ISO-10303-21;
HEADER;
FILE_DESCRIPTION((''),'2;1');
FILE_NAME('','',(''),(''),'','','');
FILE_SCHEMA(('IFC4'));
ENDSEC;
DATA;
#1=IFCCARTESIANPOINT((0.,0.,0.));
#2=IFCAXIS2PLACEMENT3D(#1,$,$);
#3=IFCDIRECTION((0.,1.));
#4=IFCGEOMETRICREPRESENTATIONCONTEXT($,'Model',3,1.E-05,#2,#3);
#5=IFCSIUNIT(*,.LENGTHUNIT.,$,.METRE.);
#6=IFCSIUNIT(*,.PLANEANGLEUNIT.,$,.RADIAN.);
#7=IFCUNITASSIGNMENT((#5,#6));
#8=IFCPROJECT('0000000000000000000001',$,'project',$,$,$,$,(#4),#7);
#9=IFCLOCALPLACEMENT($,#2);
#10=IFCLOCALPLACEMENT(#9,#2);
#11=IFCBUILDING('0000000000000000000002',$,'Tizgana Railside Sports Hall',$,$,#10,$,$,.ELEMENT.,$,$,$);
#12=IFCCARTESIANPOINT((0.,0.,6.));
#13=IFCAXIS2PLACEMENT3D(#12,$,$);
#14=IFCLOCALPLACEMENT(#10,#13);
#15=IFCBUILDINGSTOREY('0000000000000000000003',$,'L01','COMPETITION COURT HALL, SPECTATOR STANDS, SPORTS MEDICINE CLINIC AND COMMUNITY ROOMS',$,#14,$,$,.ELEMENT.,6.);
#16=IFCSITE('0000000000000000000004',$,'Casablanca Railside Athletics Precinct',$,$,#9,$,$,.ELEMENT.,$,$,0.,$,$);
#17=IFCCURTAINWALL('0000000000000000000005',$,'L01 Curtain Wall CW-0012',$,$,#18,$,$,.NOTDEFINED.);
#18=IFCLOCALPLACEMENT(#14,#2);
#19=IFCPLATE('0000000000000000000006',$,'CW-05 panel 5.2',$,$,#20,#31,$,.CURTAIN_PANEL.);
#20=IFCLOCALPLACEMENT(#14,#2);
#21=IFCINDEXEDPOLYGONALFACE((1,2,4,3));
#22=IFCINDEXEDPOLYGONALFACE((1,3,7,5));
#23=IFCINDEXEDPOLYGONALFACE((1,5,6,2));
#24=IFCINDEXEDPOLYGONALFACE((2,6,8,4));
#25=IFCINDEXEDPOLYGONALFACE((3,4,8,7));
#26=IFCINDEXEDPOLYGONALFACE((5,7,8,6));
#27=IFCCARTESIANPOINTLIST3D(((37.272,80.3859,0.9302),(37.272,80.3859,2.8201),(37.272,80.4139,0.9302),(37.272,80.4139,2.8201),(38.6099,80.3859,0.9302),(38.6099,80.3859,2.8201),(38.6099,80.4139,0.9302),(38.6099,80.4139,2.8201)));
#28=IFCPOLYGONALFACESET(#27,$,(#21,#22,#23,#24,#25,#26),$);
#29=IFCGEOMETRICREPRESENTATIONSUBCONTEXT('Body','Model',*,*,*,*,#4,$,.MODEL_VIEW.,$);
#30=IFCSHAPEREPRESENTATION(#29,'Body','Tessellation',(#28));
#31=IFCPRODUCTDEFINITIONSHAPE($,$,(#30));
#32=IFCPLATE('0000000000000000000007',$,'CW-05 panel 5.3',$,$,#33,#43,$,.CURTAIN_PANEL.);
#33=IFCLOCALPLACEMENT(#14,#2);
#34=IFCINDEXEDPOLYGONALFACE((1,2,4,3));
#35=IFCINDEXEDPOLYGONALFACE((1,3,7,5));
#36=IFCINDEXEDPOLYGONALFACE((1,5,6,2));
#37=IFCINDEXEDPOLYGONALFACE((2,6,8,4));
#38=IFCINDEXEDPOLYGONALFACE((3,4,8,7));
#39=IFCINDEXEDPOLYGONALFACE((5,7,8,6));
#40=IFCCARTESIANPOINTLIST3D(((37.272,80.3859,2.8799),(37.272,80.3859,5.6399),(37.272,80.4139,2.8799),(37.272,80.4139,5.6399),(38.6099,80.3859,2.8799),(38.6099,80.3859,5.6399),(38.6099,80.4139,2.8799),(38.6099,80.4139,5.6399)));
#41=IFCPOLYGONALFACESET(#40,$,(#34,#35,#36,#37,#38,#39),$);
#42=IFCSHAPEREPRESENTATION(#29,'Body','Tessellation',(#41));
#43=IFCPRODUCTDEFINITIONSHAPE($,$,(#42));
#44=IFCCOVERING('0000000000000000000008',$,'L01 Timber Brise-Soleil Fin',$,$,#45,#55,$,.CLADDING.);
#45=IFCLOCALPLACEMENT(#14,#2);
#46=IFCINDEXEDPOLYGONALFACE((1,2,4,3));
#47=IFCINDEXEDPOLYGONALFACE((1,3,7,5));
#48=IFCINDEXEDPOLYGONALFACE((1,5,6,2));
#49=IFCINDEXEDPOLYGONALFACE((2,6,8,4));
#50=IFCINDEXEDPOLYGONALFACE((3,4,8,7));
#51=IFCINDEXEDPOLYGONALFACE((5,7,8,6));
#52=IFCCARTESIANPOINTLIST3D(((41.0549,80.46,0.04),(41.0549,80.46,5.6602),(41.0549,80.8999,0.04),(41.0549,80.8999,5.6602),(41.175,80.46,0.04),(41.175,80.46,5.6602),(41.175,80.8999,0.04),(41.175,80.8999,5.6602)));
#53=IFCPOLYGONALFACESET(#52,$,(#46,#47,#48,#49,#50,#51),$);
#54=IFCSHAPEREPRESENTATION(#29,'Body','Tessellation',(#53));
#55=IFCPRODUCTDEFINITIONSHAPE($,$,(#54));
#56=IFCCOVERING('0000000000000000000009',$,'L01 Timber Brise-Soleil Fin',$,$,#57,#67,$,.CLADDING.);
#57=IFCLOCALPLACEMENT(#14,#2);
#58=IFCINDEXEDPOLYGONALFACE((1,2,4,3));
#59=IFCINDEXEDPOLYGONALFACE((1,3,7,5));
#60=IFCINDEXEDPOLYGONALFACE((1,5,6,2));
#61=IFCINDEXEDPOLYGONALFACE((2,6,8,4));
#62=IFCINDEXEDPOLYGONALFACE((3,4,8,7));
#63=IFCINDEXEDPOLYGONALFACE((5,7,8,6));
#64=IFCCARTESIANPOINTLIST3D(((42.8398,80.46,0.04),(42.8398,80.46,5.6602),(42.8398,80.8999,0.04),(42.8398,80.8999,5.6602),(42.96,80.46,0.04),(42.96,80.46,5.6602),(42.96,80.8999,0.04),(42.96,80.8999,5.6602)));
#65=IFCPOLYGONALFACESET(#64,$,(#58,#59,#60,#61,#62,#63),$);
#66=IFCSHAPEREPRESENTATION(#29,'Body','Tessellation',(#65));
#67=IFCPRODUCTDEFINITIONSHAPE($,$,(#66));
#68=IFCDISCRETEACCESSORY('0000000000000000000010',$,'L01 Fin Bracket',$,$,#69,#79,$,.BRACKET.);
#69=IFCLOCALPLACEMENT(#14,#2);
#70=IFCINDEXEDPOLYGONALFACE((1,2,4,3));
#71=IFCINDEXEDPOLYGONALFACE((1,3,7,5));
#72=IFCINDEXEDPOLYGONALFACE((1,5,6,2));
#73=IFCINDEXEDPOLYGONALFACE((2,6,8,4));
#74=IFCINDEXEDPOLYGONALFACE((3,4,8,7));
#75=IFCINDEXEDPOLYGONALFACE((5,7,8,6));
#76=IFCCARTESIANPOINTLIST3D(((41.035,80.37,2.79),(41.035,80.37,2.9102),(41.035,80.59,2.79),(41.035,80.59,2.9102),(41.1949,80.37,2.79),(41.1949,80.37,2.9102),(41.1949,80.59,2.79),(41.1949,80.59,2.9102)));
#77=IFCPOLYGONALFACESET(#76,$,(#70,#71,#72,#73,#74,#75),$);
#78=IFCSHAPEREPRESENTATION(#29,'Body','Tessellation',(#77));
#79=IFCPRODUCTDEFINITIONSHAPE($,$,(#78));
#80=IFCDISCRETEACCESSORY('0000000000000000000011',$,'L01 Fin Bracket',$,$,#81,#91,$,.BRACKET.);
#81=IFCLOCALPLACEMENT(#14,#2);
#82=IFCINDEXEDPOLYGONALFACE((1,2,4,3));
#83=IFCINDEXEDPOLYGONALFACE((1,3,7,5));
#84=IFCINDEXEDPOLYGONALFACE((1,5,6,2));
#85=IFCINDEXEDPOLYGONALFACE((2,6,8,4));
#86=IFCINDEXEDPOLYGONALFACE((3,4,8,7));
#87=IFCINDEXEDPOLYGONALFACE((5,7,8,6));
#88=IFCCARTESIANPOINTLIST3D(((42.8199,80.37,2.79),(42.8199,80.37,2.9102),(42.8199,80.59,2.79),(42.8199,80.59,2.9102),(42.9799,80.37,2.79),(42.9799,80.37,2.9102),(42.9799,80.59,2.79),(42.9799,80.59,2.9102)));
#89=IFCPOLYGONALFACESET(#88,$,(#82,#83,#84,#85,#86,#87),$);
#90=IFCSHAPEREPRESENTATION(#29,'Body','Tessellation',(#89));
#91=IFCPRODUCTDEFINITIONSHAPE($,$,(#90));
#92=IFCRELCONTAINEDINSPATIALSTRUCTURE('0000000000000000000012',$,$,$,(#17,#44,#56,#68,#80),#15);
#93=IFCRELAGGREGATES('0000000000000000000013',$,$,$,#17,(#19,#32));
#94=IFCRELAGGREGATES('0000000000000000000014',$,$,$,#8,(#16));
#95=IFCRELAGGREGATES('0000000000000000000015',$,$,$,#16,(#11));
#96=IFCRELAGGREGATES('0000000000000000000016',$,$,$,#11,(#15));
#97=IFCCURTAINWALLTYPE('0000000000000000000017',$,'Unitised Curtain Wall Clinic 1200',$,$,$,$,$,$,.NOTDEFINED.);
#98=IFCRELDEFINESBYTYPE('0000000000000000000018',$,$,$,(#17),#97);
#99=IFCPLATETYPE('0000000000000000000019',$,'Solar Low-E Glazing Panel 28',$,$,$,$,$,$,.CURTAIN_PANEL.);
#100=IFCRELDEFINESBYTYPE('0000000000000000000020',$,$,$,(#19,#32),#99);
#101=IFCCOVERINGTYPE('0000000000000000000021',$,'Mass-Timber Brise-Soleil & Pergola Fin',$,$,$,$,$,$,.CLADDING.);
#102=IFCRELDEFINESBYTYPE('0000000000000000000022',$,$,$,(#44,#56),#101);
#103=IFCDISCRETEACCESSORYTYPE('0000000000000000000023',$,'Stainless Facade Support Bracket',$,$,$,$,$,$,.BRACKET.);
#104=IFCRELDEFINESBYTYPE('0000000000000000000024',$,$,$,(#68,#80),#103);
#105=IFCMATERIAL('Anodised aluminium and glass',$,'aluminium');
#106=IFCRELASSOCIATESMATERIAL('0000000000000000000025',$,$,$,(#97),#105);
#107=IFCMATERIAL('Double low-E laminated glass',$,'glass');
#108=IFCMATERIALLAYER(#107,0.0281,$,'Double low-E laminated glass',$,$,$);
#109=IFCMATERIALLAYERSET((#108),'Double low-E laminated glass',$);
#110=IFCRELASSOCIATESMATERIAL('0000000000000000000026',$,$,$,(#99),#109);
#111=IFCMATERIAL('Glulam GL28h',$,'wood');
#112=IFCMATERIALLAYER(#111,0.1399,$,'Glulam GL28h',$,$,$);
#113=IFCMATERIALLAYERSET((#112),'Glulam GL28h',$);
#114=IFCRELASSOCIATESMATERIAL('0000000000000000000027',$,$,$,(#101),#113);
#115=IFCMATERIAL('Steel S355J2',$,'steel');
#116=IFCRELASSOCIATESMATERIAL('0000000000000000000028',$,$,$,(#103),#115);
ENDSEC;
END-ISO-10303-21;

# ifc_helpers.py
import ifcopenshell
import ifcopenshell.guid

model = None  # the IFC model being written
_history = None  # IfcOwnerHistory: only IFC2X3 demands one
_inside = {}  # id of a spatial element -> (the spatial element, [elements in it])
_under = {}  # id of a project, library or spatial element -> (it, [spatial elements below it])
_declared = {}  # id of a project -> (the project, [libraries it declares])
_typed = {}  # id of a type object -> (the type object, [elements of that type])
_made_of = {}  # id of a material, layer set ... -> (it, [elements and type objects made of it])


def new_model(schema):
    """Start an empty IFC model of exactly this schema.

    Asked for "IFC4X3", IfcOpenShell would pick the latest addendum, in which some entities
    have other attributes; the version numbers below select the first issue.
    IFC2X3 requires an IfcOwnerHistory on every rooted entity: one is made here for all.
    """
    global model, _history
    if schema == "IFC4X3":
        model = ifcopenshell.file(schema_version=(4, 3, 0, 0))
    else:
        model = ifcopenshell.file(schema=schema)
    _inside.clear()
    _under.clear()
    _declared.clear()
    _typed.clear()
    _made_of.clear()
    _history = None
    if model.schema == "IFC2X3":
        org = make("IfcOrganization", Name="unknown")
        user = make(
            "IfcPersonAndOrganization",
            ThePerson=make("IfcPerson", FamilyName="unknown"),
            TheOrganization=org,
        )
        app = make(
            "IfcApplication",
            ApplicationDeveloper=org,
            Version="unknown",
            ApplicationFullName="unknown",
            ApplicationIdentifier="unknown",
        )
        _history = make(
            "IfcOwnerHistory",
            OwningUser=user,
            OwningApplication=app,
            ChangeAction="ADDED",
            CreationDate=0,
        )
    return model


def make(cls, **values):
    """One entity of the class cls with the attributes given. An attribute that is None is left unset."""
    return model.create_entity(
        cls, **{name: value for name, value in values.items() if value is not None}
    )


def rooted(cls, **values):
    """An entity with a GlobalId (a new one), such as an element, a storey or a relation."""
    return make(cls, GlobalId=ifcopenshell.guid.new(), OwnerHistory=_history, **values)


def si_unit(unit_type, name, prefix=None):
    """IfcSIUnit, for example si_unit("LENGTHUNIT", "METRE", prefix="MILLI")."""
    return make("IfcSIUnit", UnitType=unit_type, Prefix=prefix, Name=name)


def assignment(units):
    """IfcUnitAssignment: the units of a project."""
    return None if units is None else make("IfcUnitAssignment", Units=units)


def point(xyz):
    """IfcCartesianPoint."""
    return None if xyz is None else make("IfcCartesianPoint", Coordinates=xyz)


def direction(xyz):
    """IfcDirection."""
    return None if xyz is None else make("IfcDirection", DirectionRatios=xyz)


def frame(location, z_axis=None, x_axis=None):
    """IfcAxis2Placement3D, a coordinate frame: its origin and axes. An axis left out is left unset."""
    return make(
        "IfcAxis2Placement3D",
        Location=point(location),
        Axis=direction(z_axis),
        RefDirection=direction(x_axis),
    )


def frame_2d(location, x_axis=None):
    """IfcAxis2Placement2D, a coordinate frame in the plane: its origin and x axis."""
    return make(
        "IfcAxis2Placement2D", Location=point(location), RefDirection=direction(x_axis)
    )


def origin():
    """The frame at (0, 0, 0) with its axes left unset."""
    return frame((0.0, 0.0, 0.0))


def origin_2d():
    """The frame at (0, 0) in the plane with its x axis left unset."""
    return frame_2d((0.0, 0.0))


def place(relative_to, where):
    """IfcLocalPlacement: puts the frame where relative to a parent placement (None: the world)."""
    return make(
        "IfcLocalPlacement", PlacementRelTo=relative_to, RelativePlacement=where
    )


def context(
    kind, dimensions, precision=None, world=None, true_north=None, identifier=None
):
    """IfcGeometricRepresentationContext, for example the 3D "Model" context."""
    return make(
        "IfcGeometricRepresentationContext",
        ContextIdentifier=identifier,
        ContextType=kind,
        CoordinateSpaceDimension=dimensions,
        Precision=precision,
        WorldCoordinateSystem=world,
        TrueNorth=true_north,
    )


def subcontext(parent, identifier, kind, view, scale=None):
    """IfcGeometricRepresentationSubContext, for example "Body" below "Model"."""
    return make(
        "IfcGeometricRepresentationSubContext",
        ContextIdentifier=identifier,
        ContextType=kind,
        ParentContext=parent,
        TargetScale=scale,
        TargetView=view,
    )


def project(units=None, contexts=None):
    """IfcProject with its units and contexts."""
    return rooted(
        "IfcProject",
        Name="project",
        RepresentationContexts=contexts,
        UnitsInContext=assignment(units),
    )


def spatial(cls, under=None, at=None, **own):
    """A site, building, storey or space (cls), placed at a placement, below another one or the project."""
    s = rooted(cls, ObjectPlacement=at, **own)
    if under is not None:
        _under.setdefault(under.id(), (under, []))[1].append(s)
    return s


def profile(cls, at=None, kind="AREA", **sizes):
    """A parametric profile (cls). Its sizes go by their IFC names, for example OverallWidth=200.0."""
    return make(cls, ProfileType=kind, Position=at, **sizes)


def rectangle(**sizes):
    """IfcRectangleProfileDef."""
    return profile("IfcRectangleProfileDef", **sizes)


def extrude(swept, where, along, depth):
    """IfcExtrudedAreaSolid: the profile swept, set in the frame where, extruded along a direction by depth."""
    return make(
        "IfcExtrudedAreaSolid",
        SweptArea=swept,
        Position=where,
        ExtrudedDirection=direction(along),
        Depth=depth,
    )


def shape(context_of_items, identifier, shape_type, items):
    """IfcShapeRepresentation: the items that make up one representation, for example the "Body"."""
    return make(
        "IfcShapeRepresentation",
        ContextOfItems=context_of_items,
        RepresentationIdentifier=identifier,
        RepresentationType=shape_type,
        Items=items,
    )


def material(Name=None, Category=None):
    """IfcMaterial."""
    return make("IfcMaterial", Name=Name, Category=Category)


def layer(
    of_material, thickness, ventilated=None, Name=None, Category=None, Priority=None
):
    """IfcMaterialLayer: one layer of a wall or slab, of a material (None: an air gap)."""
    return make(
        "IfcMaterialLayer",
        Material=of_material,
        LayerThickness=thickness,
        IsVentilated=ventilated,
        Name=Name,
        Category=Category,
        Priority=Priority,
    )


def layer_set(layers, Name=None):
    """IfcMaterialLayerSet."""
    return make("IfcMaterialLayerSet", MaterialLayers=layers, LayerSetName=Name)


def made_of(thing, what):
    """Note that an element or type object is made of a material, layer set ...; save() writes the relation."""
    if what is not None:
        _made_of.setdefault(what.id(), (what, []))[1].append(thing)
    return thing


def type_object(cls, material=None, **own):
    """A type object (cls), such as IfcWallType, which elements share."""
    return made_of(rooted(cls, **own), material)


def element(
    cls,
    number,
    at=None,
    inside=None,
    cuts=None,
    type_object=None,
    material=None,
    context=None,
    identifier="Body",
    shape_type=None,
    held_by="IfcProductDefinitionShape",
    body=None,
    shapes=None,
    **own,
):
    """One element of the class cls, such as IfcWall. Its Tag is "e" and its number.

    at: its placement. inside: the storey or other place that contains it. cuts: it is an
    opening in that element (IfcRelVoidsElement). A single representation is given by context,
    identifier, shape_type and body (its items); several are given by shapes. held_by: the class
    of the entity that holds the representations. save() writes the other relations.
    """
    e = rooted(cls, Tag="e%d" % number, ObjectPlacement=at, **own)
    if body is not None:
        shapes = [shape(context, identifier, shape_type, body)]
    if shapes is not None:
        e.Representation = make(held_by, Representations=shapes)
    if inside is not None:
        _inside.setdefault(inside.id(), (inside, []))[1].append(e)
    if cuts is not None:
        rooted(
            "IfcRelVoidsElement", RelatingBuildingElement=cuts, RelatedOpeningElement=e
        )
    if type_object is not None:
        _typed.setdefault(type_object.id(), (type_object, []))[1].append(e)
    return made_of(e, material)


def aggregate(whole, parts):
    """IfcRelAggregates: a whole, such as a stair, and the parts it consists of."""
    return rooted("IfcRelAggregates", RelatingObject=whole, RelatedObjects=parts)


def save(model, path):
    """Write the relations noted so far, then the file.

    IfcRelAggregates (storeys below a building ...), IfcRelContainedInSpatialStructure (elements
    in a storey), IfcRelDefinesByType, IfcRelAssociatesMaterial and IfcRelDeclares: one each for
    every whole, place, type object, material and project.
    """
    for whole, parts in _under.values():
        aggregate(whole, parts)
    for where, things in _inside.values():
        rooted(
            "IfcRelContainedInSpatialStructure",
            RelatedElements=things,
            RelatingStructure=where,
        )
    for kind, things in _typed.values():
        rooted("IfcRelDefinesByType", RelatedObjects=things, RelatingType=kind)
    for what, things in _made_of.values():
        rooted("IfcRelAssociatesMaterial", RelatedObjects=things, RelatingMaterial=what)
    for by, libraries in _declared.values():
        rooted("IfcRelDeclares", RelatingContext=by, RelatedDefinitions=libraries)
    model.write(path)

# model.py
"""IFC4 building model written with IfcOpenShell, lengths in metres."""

from ifc_helpers import new_model, si_unit, direction, frame, origin, origin_2d, place, context, subcontext, project, spatial, rectangle, extrude, material, layer, layer_set, type_object, element, aggregate, save


model = new_model("IFC4")

# Units and contexts
model_context = context("Model", 3, precision=1e-05, world=origin(), true_north=direction((0.0, 1.0)))
body_context = subcontext(model_context, "Body", "Model", "MODEL_VIEW")
ifc_project = project(units=[si_unit("LENGTHUNIT", "METRE"), si_unit("PLANEANGLEUNIT", "RADIAN")], contexts=[model_context])

# Site, building, storey
site_placement = place(None, origin())
site = spatial("IfcSite", under=ifc_project, at=site_placement, Name="Casablanca Railside Athletics Precinct", CompositionType="ELEMENT", RefElevation=0.0)
building_placement = place(site_placement, origin())
building = spatial("IfcBuilding", under=site, at=building_placement, Name="Tizgana Railside Sports Hall", CompositionType="ELEMENT")
storey_placement = place(building_placement, frame((0.0, 0.0, 6.0)))
storey = spatial("IfcBuildingStorey", under=building, at=storey_placement, Name="L01", Description="COMPETITION COURT HALL, SPECTATOR STANDS, SPORTS MEDICINE CLINIC AND COMMUNITY ROOMS", CompositionType="ELEMENT", Elevation=6.0)

# Curtain wall
ifc_material_1 = material(Name="Anodised aluminium and glass", Category="aluminium")
curtain_wall_type_1 = type_object("IfcCurtainWallType", Name="Unitised Curtain Wall Clinic 1200", PredefinedType="NOTDEFINED", material=ifc_material_1)
curtain_wall_1_placement = place(storey_placement, origin())
curtain_wall_1 = element("IfcCurtainWall", 1, at=curtain_wall_1_placement, inside=storey, type_object=curtain_wall_type_1, Name="L01 Curtain Wall CW-0012", PredefinedType="NOTDEFINED")

# Shared definitions
ifc_material_2 = material(Name="Double low-E laminated glass", Category="glass")

# Plates
ifc_layer_1 = layer(ifc_material_2, 0.0281, Name="Double low-E laminated glass")
ifc_layer_set_1 = layer_set([ifc_layer_1], Name="Double low-E laminated glass")
plate_type_1 = type_object("IfcPlateType", Name="Solar Low-E Glazing Panel 28", PredefinedType="CURTAIN_PANEL", material=ifc_layer_set_1)
plate_1_placement = place(storey_placement, frame((37.9409, 80.3999, 0.9302), z_axis=(0.0, 0.0, 1.0), x_axis=(1.0, 0.0, 0.0)))
plate_1 = element("IfcPlate", 2, at=plate_1_placement, type_object=plate_type_1, Name="CW-05 panel 5.2", PredefinedType="CURTAIN_PANEL", context=body_context, shape_type="SweptSolid", body=[
    extrude(rectangle(XDim=1.3379, YDim=0.0281, at=origin_2d()), origin(), (0.0, 0.0, 1.0), 1.8899),
])
plate_2_placement = place(storey_placement, frame((37.9409, 80.3999, 2.8799), z_axis=(0.0, 0.0, 1.0), x_axis=(1.0, 0.0, 0.0)))
plate_2 = element("IfcPlate", 3, at=plate_2_placement, type_object=plate_type_1, Name="CW-05 panel 5.3", PredefinedType="CURTAIN_PANEL", context=body_context, shape_type="SweptSolid", body=[
    extrude(rectangle(XDim=1.3379, YDim=0.0281, at=origin_2d()), origin(), (0.0, 0.0, 1.0), 2.76),
])
aggregate(curtain_wall_1, [plate_1, plate_2])

# Coverings
ifc_material_3 = material(Name="Glulam GL28h", Category="wood")
ifc_layer_2 = layer(ifc_material_3, 0.1399, Name="Glulam GL28h")
ifc_layer_set_2 = layer_set([ifc_layer_2], Name="Glulam GL28h")
covering_type = type_object("IfcCoveringType", Name="Mass-Timber Brise-Soleil & Pergola Fin", PredefinedType="CLADDING", material=ifc_layer_set_2)
for number, where, z_axis, x_axis, name in (
    (4, (41.115, 80.6799, 0.04), (0.0, 0.0, 1.0), (1.0, 0.0, 0.0), "L01 Timber Brise-Soleil Fin"),
    (5, (42.8999, 80.6799, 0.04), (0.0, 0.0, 1.0), (1.0, 0.0, 0.0), "L01 Timber Brise-Soleil Fin"),
):
    element("IfcCovering", number, at=place(storey_placement, frame(where, z_axis=z_axis, x_axis=x_axis)), inside=storey, type_object=covering_type, Name=name, PredefinedType="CLADDING", context=body_context, shape_type="SweptSolid", body=[
        extrude(rectangle(XDim=0.1201, YDim=0.4399, at=origin_2d()), origin(), (0.0, 0.0, 1.0), 5.6201),
    ])

# Discrete accessories
ifc_material_4 = material(Name="Steel S355J2", Category="steel")
discrete_accessory_type = type_object("IfcDiscreteAccessoryType", Name="Stainless Facade Support Bracket", PredefinedType="BRACKET", material=ifc_material_4)
for number, where, z_axis, x_axis, name in (
    (6, (41.115, 80.48, 2.79), (0.0, 0.0, 1.0), (1.0, 0.0, 0.0), "L01 Fin Bracket"),
    (7, (42.8999, 80.48, 2.79), (0.0, 0.0, 1.0), (1.0, 0.0, 0.0), "L01 Fin Bracket"),
):
    element("IfcDiscreteAccessory", number, at=place(storey_placement, frame(where, z_axis=z_axis, x_axis=x_axis)), inside=storey, type_object=discrete_accessory_type, Name=name, PredefinedType="BRACKET", context=body_context, shape_type="SweptSolid", body=[
        extrude(rectangle(XDim=0.1599, YDim=0.22, at=origin_2d()), origin(), (0.0, 0.0, 1.0), 0.1201),
    ])

save(model, "model.ifc")
